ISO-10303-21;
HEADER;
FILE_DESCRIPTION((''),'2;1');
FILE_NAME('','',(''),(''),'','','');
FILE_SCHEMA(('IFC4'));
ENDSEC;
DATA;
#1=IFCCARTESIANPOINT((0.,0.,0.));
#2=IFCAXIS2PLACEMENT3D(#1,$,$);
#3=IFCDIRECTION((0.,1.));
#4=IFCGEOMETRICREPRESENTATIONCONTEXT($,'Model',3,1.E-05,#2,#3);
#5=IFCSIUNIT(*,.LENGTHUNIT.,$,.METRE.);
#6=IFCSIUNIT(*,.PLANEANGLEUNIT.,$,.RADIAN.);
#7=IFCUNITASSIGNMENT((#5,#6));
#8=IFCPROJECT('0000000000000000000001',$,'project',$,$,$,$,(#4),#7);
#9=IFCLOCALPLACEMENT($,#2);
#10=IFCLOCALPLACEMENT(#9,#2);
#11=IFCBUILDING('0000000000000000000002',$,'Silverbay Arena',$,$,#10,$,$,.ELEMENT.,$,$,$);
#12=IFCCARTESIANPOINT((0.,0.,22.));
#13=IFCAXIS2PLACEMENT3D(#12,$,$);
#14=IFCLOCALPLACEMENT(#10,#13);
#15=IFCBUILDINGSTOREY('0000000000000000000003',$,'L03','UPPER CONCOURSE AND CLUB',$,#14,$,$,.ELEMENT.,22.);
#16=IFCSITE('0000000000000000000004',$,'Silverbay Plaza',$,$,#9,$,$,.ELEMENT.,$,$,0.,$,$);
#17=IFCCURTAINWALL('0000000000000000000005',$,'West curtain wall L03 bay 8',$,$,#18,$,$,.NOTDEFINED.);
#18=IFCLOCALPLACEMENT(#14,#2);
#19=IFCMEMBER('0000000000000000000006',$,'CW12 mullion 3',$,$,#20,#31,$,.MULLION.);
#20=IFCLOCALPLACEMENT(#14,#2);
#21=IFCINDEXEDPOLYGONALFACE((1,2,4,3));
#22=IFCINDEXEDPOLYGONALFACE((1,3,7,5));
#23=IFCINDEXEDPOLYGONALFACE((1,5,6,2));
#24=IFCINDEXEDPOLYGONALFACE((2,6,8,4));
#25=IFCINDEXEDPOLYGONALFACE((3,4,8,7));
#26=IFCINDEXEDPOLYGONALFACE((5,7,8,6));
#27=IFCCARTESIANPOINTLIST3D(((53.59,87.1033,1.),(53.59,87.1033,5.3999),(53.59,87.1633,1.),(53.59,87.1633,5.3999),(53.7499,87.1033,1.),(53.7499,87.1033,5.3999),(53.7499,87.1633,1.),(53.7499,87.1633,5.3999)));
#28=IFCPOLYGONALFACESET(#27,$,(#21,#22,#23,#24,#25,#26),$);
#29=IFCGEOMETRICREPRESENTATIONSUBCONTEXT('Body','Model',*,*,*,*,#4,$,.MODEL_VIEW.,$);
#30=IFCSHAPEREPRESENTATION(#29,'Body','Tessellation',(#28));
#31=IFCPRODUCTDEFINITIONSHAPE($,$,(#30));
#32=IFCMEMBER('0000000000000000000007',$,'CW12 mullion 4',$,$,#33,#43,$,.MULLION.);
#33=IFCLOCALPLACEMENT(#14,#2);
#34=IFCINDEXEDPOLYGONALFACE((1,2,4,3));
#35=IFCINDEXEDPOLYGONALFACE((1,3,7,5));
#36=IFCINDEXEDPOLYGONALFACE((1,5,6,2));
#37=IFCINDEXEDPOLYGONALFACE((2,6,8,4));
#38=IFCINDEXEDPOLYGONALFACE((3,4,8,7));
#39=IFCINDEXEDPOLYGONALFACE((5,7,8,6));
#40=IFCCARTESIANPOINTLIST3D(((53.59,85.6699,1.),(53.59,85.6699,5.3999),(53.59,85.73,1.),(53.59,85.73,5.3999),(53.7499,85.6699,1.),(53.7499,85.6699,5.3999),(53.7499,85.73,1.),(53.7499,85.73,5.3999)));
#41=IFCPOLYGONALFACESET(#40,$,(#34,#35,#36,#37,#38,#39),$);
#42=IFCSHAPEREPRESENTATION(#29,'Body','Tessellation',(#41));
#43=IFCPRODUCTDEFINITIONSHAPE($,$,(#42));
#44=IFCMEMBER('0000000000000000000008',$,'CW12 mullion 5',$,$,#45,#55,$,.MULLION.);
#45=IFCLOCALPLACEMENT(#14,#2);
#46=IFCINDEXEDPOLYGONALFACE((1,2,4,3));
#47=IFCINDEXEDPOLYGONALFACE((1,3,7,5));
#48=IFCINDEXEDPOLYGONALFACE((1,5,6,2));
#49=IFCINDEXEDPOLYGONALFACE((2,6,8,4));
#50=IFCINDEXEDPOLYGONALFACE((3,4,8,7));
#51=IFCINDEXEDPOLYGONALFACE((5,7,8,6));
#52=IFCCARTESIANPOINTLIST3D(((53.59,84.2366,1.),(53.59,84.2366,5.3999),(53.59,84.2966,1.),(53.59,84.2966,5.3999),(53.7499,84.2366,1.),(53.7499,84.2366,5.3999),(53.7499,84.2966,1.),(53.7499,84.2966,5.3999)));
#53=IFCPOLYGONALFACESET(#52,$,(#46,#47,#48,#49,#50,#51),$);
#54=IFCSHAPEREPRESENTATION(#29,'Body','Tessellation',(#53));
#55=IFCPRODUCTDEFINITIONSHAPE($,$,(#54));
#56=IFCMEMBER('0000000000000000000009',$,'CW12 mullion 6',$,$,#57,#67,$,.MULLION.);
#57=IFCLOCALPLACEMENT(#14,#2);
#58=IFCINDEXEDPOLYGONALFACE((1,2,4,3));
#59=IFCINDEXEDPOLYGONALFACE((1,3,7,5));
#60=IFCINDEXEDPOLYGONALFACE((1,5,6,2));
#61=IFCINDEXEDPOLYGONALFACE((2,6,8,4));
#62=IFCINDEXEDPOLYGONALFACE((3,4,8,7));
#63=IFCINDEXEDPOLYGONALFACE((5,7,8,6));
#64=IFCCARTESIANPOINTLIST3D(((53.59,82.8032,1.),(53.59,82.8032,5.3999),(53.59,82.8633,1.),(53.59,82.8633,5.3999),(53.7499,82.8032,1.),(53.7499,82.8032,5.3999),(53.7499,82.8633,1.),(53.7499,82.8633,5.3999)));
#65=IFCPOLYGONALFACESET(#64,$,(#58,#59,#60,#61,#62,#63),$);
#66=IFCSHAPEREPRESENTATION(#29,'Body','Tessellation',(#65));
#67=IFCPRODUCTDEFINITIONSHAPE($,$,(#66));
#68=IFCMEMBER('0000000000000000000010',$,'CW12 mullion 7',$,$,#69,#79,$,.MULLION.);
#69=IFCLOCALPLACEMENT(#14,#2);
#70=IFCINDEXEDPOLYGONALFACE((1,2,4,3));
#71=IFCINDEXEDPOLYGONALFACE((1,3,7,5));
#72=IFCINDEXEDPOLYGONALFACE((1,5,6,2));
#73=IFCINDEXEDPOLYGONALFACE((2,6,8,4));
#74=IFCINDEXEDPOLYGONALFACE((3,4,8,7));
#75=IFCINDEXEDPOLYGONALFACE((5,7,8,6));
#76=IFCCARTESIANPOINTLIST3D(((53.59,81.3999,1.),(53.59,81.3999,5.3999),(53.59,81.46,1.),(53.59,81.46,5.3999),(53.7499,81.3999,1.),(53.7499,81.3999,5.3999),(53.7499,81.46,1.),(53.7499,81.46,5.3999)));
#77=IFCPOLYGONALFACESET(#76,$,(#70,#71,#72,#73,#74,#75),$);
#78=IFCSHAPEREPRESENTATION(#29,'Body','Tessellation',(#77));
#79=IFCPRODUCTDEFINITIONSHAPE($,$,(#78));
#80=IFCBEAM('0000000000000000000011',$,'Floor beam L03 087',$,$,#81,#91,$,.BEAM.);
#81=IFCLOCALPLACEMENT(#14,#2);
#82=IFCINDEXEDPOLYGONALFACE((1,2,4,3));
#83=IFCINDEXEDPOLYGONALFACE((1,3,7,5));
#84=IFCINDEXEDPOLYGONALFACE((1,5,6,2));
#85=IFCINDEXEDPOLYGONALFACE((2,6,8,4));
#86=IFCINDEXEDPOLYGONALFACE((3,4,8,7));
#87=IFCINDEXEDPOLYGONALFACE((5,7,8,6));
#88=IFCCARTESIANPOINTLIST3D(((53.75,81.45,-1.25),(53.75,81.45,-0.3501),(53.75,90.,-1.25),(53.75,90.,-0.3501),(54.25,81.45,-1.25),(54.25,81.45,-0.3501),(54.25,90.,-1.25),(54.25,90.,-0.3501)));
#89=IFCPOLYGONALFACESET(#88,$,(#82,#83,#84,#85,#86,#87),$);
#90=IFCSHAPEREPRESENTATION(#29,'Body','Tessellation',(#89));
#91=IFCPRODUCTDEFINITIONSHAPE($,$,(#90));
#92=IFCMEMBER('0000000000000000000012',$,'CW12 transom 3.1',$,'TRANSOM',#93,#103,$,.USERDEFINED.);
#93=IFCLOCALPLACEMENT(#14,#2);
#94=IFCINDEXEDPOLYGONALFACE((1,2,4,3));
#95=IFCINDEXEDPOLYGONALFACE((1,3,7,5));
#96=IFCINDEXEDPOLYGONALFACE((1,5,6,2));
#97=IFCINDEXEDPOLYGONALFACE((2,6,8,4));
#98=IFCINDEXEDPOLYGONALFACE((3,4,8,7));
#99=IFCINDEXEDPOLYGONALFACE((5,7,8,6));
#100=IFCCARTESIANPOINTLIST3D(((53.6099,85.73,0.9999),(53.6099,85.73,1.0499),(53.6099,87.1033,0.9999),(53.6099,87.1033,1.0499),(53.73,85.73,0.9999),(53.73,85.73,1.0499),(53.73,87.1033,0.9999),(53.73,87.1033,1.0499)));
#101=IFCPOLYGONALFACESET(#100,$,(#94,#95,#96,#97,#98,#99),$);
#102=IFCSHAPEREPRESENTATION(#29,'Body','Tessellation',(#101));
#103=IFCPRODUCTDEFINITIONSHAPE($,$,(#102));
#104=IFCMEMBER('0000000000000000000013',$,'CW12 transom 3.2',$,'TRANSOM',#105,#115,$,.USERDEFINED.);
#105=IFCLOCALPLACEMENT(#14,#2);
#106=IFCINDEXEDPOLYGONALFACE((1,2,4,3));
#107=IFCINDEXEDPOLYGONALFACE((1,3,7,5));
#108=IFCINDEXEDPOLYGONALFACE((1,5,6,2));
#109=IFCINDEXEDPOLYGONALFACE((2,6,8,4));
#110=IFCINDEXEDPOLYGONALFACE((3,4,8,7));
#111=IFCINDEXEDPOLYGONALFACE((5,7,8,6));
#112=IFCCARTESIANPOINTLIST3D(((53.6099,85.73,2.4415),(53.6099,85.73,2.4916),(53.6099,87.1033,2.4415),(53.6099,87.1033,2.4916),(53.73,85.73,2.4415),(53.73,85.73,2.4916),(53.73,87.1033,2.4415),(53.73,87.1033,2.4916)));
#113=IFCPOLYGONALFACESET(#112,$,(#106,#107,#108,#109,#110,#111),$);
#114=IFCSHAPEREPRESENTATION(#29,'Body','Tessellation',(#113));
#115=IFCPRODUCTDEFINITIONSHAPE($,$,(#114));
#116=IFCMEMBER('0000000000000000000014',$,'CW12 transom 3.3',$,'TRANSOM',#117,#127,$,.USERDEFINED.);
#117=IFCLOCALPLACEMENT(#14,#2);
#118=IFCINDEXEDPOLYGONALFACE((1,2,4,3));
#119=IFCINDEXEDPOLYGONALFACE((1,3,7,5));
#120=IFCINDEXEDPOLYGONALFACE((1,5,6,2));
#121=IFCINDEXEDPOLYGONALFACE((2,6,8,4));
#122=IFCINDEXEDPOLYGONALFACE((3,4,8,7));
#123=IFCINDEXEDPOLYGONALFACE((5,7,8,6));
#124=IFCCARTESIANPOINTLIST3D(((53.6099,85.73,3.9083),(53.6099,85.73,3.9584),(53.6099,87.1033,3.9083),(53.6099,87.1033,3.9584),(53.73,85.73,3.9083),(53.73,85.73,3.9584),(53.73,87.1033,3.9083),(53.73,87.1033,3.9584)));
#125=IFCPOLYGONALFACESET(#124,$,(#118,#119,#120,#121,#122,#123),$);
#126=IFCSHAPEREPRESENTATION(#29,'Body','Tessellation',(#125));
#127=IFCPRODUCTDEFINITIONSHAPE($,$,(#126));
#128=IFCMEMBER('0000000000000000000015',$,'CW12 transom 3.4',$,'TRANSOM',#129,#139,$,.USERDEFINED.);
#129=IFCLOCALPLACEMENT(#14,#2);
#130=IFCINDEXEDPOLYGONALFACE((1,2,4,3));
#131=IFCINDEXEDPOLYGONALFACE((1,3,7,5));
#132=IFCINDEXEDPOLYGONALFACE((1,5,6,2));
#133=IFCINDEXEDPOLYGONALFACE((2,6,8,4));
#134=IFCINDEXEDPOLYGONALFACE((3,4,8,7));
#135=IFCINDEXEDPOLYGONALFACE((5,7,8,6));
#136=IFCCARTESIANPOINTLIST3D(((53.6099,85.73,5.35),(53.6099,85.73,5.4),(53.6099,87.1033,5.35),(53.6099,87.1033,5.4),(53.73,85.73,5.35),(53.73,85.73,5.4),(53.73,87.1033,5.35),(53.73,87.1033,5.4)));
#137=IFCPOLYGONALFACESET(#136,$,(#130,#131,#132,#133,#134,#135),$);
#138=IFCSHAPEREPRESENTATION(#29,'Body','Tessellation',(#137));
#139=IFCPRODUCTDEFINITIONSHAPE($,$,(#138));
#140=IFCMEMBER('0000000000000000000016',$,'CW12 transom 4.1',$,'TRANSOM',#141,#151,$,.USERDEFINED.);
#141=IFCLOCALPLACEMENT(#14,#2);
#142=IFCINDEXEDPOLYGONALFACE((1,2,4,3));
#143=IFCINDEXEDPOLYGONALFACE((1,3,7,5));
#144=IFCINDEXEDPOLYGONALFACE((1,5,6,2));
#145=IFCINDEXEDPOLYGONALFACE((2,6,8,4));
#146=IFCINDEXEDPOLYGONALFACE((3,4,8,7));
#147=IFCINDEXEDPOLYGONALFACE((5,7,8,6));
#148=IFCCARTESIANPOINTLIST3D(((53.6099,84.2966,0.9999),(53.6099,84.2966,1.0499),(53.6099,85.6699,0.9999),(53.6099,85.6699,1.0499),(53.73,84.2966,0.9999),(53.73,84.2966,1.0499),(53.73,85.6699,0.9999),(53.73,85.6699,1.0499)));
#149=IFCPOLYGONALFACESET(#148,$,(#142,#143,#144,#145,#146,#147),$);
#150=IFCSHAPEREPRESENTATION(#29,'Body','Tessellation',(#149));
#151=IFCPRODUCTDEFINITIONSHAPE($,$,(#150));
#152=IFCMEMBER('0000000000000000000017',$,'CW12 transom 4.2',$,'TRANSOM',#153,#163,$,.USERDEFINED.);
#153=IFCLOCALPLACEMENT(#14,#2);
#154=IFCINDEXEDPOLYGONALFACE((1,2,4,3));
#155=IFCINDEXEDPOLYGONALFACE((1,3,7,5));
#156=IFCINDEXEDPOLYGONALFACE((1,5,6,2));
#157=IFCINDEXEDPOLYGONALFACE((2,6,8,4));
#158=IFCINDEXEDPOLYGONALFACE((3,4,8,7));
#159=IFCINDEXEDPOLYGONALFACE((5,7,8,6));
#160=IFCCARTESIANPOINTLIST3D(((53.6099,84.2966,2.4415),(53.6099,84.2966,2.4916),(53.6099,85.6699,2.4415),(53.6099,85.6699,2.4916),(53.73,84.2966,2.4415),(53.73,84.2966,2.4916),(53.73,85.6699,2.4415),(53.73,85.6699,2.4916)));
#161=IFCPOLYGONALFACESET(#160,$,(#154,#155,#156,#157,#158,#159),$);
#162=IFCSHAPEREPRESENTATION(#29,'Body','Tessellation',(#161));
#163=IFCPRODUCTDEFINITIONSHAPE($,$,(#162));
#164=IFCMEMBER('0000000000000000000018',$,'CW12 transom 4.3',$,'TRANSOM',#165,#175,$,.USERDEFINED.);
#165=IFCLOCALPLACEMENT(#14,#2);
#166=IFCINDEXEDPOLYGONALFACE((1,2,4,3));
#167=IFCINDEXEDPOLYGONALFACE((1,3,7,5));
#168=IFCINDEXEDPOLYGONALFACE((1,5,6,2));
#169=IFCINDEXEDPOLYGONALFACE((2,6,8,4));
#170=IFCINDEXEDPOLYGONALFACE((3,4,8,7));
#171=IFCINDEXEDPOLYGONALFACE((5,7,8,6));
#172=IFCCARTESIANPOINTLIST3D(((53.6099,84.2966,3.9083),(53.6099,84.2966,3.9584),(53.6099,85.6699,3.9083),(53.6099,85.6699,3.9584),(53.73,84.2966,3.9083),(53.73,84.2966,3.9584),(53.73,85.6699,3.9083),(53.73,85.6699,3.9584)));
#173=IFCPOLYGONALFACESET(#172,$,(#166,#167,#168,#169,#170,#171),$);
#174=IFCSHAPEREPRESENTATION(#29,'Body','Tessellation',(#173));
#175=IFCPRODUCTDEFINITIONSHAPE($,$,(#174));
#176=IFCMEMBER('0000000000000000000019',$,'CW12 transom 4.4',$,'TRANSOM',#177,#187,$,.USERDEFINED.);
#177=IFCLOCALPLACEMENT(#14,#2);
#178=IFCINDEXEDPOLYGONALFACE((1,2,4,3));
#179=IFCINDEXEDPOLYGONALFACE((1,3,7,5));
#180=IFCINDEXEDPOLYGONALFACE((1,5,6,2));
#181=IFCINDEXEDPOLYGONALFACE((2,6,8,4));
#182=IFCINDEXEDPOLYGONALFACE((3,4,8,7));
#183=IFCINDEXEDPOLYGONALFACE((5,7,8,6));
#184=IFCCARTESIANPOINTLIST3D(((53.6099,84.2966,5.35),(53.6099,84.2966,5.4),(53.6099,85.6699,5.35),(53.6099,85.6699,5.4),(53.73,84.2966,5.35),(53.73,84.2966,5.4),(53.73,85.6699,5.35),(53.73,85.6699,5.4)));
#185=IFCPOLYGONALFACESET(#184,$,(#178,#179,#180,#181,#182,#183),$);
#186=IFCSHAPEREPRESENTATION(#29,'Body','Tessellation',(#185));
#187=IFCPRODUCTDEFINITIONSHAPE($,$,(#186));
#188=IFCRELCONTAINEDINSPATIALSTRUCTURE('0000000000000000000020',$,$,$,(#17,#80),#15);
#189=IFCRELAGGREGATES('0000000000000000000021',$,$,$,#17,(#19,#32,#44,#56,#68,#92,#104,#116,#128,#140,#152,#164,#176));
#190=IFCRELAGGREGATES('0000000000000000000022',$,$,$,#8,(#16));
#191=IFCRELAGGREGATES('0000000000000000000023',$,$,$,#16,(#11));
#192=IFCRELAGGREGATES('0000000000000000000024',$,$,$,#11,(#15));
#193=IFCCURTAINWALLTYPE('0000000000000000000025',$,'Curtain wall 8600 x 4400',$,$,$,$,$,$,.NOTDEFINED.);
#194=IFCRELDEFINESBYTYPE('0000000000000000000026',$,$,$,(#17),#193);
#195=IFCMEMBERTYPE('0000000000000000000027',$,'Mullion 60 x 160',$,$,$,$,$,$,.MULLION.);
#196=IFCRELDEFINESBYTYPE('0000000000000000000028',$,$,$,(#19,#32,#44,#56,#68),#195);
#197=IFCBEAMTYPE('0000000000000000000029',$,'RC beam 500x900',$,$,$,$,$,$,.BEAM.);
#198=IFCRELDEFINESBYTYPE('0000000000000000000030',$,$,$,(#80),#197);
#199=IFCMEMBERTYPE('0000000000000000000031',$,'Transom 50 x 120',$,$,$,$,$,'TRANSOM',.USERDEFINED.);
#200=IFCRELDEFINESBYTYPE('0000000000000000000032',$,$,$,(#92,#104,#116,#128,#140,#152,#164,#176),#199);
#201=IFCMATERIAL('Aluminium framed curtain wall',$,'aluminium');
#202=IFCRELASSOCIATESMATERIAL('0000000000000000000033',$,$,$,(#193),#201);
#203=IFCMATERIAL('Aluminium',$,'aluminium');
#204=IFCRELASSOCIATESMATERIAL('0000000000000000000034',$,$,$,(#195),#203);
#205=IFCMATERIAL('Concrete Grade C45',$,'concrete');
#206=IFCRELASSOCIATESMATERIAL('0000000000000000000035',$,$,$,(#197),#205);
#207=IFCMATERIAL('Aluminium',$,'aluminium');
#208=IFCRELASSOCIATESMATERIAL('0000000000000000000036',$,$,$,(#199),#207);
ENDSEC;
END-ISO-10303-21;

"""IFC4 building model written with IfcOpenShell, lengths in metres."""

from ifc_helpers import new_model, si_unit, direction, frame, origin, origin_2d, place, context, subcontext, project, spatial, rectangle, extrude, material, material_profile, profile_set, type_object, element, aggregate, save


model = new_model("IFC4")

# Units and contexts
model_context = context("Model", 3, precision=1e-05, world=origin(), true_north=direction((0.0, 1.0)))
body_context = subcontext(model_context, "Body", "Model", "MODEL_VIEW")
ifc_project = project(units=[si_unit("LENGTHUNIT", "METRE"), si_unit("PLANEANGLEUNIT", "RADIAN")], contexts=[model_context])

# Site, building, storey
site_placement = place(None, origin())
site = spatial("IfcSite", under=ifc_project, at=site_placement, Name="Silverbay Plaza", CompositionType="ELEMENT", RefElevation=0.0)
building_placement = place(site_placement, origin())
building = spatial("IfcBuilding", under=site, at=building_placement, Name="Silverbay Arena", CompositionType="ELEMENT")
storey_placement = place(building_placement, frame((0.0, 0.0, 22.0)))
storey = spatial("IfcBuildingStorey", under=building, at=storey_placement, Name="L03", Description="UPPER CONCOURSE AND CLUB", CompositionType="ELEMENT", Elevation=22.0)

# Curtain wall, members
ifc_material_1 = material(Name="Aluminium framed curtain wall", Category="aluminium")
curtain_wall_type = type_object("IfcCurtainWallType", Name="Curtain wall 8600 x 4400", PredefinedType="NOTDEFINED", material=ifc_material_1)
curtain_wall_placement = place(storey_placement, origin())
curtain_wall = element("IfcCurtainWall", 1, at=curtain_wall_placement, inside=storey, type_object=curtain_wall_type, Name="West curtain wall L03 bay 8", PredefinedType="NOTDEFINED")
ifc_material_2 = material(Name="Aluminium", Category="aluminium")
ifc_material_profile_1 = material_profile(ifc_material_2, rectangle(XDim=0.1599, YDim=0.0601, at=origin_2d()), Name="Mullion 60 x 160")
ifc_profile_set_1 = profile_set([ifc_material_profile_1], Name="Aluminium")
member_type_1 = type_object("IfcMemberType", Name="Mullion 60 x 160", PredefinedType="MULLION", material=ifc_profile_set_1)
member_1_placement = place(storey_placement, frame((53.6699, 87.1333, 1.0), z_axis=(0.0, 0.0, 1.0), x_axis=(1.0, 0.0, 0.0)))
member_1 = element("IfcMember", 2, at=member_1_placement, type_object=member_type_1, Name="CW12 mullion 3", PredefinedType="MULLION", context=body_context, shape_type="SweptSolid", body=[
    extrude(rectangle(XDim=0.1599, YDim=0.0601, at=origin_2d()), origin(), (0.0, 0.0, 1.0), 4.3999),
])
member_2_placement = place(storey_placement, frame((53.6699, 85.7, 1.0), z_axis=(0.0, 0.0, 1.0), x_axis=(1.0, 0.0, 0.0)))
member_2 = element("IfcMember", 3, at=member_2_placement, type_object=member_type_1, Name="CW12 mullion 4", PredefinedType="MULLION", context=body_context, shape_type="SweptSolid", body=[
    extrude(rectangle(XDim=0.1599, YDim=0.0601, at=origin_2d()), origin(), (0.0, 0.0, 1.0), 4.3999),
])
member_3_placement = place(storey_placement, frame((53.6699, 84.2666, 1.0), z_axis=(0.0, 0.0, 1.0), x_axis=(1.0, 0.0, 0.0)))
member_3 = element("IfcMember", 4, at=member_3_placement, type_object=member_type_1, Name="CW12 mullion 5", PredefinedType="MULLION", context=body_context, shape_type="SweptSolid", body=[
    extrude(rectangle(XDim=0.1599, YDim=0.0601, at=origin_2d()), origin(), (0.0, 0.0, 1.0), 4.3999),
])
member_4_placement = place(storey_placement, frame((53.6699, 82.8333, 1.0), z_axis=(0.0, 0.0, 1.0), x_axis=(1.0, 0.0, 0.0)))
member_4 = element("IfcMember", 5, at=member_4_placement, type_object=member_type_1, Name="CW12 mullion 6", PredefinedType="MULLION", context=body_context, shape_type="SweptSolid", body=[
    extrude(rectangle(XDim=0.1599, YDim=0.0601, at=origin_2d()), origin(), (0.0, 0.0, 1.0), 4.3999),
])
member_5_placement = place(storey_placement, frame((53.6699, 81.4299, 1.0), z_axis=(0.0, 0.0, 1.0), x_axis=(1.0, 0.0, 0.0)))
member_5 = element("IfcMember", 6, at=member_5_placement, type_object=member_type_1, Name="CW12 mullion 7", PredefinedType="MULLION", context=body_context, shape_type="SweptSolid", body=[
    extrude(rectangle(XDim=0.1599, YDim=0.0601, at=origin_2d()), origin(), (0.0, 0.0, 1.0), 4.3999),
])

# Beam
ifc_material_3 = material(Name="Concrete Grade C45", Category="concrete")
ifc_material_profile_2 = material_profile(ifc_material_3, rectangle(XDim=0.5, YDim=0.8999, at=origin_2d()), Name="RC 500x900")
ifc_profile_set_2 = profile_set([ifc_material_profile_2], Name="Concrete Grade C45")
beam_type = type_object("IfcBeamType", Name="RC beam 500x900", PredefinedType="BEAM", material=ifc_profile_set_2)
beam_placement = place(storey_placement, frame((54.0, 81.45, -0.8), z_axis=(0.0, 1.0, 0.0), x_axis=(-1.0, 0.0, 0.0)))
element("IfcBeam", 7, at=beam_placement, inside=storey, type_object=beam_type, Name="Floor beam L03 087", PredefinedType="BEAM", context=body_context, shape_type="SweptSolid", body=[
    extrude(rectangle(XDim=0.5, YDim=0.8999, at=origin_2d()), origin(), (0.0, 0.0, 1.0), 8.55),
])

# Members
ifc_material_4 = material(Name="Aluminium", Category="aluminium")
ifc_material_profile_3 = material_profile(ifc_material_4, rectangle(XDim=0.1201, YDim=0.05, at=origin_2d()), Name="Transom 50 x 120")
ifc_profile_set_3 = profile_set([ifc_material_profile_3], Name="Aluminium")
member_type_2 = type_object("IfcMemberType", Name="Transom 50 x 120", ElementType="TRANSOM", PredefinedType="USERDEFINED", material=ifc_profile_set_3)
member_6_placement = place(storey_placement, frame((53.6699, 87.1033, 1.0249), z_axis=(0.0, -1.0, 0.0), x_axis=(1.0, 0.0, 0.0)))
member_6 = element("IfcMember", 8, at=member_6_placement, type_object=member_type_2, Name="CW12 transom 3.1", ObjectType="TRANSOM", PredefinedType="USERDEFINED", context=body_context, shape_type="SweptSolid", body=[
    extrude(rectangle(XDim=0.1201, YDim=0.05, at=origin_2d()), origin(), (0.0, 0.0, 1.0), 1.3733),
])
member_7_placement = place(storey_placement, frame((53.6699, 87.1033, 2.4666), z_axis=(0.0, -1.0, 0.0), x_axis=(1.0, 0.0, 0.0)))
member_7 = element("IfcMember", 9, at=member_7_placement, type_object=member_type_2, Name="CW12 transom 3.2", ObjectType="TRANSOM", PredefinedType="USERDEFINED", context=body_context, shape_type="SweptSolid", body=[
    extrude(rectangle(XDim=0.1201, YDim=0.05, at=origin_2d()), origin(), (0.0, 0.0, 1.0), 1.3733),
])
member_8_placement = place(storey_placement, frame((53.6699, 87.1033, 3.9333), z_axis=(0.0, -1.0, 0.0), x_axis=(1.0, 0.0, 0.0)))
member_8 = element("IfcMember", 10, at=member_8_placement, type_object=member_type_2, Name="CW12 transom 3.3", ObjectType="TRANSOM", PredefinedType="USERDEFINED", context=body_context, shape_type="SweptSolid", body=[
    extrude(rectangle(XDim=0.1201, YDim=0.05, at=origin_2d()), origin(), (0.0, 0.0, 1.0), 1.3733),
])
member_9_placement = place(storey_placement, frame((53.6699, 87.1033, 5.375), z_axis=(0.0, -1.0, 0.0), x_axis=(1.0, 0.0, 0.0)))
member_9 = element("IfcMember", 11, at=member_9_placement, type_object=member_type_2, Name="CW12 transom 3.4", ObjectType="TRANSOM", PredefinedType="USERDEFINED", context=body_context, shape_type="SweptSolid", body=[
    extrude(rectangle(XDim=0.1201, YDim=0.05, at=origin_2d()), origin(), (0.0, 0.0, 1.0), 1.3733),
])
member_10_placement = place(storey_placement, frame((53.6699, 85.6699, 1.0249), z_axis=(0.0, -1.0, 0.0), x_axis=(1.0, 0.0, 0.0)))
member_10 = element("IfcMember", 12, at=member_10_placement, type_object=member_type_2, Name="CW12 transom 4.1", ObjectType="TRANSOM", PredefinedType="USERDEFINED", context=body_context, shape_type="SweptSolid", body=[
    extrude(rectangle(XDim=0.1201, YDim=0.05, at=origin_2d()), origin(), (0.0, 0.0, 1.0), 1.3733),
])
member_11_placement = place(storey_placement, frame((53.6699, 85.6699, 2.4666), z_axis=(0.0, -1.0, 0.0), x_axis=(1.0, 0.0, 0.0)))
member_11 = element("IfcMember", 13, at=member_11_placement, type_object=member_type_2, Name="CW12 transom 4.2", ObjectType="TRANSOM", PredefinedType="USERDEFINED", context=body_context, shape_type="SweptSolid", body=[
    extrude(rectangle(XDim=0.1201, YDim=0.05, at=origin_2d()), origin(), (0.0, 0.0, 1.0), 1.3733),
])
member_12_placement = place(storey_placement, frame((53.6699, 85.6699, 3.9333), z_axis=(0.0, -1.0, 0.0), x_axis=(1.0, 0.0, 0.0)))
member_12 = element("IfcMember", 14, at=member_12_placement, type_object=member_type_2, Name="CW12 transom 4.3", ObjectType="TRANSOM", PredefinedType="USERDEFINED", context=body_context, shape_type="SweptSolid", body=[
    extrude(rectangle(XDim=0.1201, YDim=0.05, at=origin_2d()), origin(), (0.0, 0.0, 1.0), 1.3733),
])
member_13_placement = place(storey_placement, frame((53.6699, 85.6699, 5.375), z_axis=(0.0, -1.0, 0.0), x_axis=(1.0, 0.0, 0.0)))
member_13 = element("IfcMember", 15, at=member_13_placement, type_object=member_type_2, Name="CW12 transom 4.4", ObjectType="TRANSOM", PredefinedType="USERDEFINED", context=body_context, shape_type="SweptSolid", body=[
    extrude(rectangle(XDim=0.1201, YDim=0.05, at=origin_2d()), origin(), (0.0, 0.0, 1.0), 1.3733),
])

aggregate(curtain_wall, [member_1, member_2, member_3, member_4, member_5, member_6, member_7, member_8, member_9, member_10, member_11, member_12, member_13])

save(model, "model.ifc")
